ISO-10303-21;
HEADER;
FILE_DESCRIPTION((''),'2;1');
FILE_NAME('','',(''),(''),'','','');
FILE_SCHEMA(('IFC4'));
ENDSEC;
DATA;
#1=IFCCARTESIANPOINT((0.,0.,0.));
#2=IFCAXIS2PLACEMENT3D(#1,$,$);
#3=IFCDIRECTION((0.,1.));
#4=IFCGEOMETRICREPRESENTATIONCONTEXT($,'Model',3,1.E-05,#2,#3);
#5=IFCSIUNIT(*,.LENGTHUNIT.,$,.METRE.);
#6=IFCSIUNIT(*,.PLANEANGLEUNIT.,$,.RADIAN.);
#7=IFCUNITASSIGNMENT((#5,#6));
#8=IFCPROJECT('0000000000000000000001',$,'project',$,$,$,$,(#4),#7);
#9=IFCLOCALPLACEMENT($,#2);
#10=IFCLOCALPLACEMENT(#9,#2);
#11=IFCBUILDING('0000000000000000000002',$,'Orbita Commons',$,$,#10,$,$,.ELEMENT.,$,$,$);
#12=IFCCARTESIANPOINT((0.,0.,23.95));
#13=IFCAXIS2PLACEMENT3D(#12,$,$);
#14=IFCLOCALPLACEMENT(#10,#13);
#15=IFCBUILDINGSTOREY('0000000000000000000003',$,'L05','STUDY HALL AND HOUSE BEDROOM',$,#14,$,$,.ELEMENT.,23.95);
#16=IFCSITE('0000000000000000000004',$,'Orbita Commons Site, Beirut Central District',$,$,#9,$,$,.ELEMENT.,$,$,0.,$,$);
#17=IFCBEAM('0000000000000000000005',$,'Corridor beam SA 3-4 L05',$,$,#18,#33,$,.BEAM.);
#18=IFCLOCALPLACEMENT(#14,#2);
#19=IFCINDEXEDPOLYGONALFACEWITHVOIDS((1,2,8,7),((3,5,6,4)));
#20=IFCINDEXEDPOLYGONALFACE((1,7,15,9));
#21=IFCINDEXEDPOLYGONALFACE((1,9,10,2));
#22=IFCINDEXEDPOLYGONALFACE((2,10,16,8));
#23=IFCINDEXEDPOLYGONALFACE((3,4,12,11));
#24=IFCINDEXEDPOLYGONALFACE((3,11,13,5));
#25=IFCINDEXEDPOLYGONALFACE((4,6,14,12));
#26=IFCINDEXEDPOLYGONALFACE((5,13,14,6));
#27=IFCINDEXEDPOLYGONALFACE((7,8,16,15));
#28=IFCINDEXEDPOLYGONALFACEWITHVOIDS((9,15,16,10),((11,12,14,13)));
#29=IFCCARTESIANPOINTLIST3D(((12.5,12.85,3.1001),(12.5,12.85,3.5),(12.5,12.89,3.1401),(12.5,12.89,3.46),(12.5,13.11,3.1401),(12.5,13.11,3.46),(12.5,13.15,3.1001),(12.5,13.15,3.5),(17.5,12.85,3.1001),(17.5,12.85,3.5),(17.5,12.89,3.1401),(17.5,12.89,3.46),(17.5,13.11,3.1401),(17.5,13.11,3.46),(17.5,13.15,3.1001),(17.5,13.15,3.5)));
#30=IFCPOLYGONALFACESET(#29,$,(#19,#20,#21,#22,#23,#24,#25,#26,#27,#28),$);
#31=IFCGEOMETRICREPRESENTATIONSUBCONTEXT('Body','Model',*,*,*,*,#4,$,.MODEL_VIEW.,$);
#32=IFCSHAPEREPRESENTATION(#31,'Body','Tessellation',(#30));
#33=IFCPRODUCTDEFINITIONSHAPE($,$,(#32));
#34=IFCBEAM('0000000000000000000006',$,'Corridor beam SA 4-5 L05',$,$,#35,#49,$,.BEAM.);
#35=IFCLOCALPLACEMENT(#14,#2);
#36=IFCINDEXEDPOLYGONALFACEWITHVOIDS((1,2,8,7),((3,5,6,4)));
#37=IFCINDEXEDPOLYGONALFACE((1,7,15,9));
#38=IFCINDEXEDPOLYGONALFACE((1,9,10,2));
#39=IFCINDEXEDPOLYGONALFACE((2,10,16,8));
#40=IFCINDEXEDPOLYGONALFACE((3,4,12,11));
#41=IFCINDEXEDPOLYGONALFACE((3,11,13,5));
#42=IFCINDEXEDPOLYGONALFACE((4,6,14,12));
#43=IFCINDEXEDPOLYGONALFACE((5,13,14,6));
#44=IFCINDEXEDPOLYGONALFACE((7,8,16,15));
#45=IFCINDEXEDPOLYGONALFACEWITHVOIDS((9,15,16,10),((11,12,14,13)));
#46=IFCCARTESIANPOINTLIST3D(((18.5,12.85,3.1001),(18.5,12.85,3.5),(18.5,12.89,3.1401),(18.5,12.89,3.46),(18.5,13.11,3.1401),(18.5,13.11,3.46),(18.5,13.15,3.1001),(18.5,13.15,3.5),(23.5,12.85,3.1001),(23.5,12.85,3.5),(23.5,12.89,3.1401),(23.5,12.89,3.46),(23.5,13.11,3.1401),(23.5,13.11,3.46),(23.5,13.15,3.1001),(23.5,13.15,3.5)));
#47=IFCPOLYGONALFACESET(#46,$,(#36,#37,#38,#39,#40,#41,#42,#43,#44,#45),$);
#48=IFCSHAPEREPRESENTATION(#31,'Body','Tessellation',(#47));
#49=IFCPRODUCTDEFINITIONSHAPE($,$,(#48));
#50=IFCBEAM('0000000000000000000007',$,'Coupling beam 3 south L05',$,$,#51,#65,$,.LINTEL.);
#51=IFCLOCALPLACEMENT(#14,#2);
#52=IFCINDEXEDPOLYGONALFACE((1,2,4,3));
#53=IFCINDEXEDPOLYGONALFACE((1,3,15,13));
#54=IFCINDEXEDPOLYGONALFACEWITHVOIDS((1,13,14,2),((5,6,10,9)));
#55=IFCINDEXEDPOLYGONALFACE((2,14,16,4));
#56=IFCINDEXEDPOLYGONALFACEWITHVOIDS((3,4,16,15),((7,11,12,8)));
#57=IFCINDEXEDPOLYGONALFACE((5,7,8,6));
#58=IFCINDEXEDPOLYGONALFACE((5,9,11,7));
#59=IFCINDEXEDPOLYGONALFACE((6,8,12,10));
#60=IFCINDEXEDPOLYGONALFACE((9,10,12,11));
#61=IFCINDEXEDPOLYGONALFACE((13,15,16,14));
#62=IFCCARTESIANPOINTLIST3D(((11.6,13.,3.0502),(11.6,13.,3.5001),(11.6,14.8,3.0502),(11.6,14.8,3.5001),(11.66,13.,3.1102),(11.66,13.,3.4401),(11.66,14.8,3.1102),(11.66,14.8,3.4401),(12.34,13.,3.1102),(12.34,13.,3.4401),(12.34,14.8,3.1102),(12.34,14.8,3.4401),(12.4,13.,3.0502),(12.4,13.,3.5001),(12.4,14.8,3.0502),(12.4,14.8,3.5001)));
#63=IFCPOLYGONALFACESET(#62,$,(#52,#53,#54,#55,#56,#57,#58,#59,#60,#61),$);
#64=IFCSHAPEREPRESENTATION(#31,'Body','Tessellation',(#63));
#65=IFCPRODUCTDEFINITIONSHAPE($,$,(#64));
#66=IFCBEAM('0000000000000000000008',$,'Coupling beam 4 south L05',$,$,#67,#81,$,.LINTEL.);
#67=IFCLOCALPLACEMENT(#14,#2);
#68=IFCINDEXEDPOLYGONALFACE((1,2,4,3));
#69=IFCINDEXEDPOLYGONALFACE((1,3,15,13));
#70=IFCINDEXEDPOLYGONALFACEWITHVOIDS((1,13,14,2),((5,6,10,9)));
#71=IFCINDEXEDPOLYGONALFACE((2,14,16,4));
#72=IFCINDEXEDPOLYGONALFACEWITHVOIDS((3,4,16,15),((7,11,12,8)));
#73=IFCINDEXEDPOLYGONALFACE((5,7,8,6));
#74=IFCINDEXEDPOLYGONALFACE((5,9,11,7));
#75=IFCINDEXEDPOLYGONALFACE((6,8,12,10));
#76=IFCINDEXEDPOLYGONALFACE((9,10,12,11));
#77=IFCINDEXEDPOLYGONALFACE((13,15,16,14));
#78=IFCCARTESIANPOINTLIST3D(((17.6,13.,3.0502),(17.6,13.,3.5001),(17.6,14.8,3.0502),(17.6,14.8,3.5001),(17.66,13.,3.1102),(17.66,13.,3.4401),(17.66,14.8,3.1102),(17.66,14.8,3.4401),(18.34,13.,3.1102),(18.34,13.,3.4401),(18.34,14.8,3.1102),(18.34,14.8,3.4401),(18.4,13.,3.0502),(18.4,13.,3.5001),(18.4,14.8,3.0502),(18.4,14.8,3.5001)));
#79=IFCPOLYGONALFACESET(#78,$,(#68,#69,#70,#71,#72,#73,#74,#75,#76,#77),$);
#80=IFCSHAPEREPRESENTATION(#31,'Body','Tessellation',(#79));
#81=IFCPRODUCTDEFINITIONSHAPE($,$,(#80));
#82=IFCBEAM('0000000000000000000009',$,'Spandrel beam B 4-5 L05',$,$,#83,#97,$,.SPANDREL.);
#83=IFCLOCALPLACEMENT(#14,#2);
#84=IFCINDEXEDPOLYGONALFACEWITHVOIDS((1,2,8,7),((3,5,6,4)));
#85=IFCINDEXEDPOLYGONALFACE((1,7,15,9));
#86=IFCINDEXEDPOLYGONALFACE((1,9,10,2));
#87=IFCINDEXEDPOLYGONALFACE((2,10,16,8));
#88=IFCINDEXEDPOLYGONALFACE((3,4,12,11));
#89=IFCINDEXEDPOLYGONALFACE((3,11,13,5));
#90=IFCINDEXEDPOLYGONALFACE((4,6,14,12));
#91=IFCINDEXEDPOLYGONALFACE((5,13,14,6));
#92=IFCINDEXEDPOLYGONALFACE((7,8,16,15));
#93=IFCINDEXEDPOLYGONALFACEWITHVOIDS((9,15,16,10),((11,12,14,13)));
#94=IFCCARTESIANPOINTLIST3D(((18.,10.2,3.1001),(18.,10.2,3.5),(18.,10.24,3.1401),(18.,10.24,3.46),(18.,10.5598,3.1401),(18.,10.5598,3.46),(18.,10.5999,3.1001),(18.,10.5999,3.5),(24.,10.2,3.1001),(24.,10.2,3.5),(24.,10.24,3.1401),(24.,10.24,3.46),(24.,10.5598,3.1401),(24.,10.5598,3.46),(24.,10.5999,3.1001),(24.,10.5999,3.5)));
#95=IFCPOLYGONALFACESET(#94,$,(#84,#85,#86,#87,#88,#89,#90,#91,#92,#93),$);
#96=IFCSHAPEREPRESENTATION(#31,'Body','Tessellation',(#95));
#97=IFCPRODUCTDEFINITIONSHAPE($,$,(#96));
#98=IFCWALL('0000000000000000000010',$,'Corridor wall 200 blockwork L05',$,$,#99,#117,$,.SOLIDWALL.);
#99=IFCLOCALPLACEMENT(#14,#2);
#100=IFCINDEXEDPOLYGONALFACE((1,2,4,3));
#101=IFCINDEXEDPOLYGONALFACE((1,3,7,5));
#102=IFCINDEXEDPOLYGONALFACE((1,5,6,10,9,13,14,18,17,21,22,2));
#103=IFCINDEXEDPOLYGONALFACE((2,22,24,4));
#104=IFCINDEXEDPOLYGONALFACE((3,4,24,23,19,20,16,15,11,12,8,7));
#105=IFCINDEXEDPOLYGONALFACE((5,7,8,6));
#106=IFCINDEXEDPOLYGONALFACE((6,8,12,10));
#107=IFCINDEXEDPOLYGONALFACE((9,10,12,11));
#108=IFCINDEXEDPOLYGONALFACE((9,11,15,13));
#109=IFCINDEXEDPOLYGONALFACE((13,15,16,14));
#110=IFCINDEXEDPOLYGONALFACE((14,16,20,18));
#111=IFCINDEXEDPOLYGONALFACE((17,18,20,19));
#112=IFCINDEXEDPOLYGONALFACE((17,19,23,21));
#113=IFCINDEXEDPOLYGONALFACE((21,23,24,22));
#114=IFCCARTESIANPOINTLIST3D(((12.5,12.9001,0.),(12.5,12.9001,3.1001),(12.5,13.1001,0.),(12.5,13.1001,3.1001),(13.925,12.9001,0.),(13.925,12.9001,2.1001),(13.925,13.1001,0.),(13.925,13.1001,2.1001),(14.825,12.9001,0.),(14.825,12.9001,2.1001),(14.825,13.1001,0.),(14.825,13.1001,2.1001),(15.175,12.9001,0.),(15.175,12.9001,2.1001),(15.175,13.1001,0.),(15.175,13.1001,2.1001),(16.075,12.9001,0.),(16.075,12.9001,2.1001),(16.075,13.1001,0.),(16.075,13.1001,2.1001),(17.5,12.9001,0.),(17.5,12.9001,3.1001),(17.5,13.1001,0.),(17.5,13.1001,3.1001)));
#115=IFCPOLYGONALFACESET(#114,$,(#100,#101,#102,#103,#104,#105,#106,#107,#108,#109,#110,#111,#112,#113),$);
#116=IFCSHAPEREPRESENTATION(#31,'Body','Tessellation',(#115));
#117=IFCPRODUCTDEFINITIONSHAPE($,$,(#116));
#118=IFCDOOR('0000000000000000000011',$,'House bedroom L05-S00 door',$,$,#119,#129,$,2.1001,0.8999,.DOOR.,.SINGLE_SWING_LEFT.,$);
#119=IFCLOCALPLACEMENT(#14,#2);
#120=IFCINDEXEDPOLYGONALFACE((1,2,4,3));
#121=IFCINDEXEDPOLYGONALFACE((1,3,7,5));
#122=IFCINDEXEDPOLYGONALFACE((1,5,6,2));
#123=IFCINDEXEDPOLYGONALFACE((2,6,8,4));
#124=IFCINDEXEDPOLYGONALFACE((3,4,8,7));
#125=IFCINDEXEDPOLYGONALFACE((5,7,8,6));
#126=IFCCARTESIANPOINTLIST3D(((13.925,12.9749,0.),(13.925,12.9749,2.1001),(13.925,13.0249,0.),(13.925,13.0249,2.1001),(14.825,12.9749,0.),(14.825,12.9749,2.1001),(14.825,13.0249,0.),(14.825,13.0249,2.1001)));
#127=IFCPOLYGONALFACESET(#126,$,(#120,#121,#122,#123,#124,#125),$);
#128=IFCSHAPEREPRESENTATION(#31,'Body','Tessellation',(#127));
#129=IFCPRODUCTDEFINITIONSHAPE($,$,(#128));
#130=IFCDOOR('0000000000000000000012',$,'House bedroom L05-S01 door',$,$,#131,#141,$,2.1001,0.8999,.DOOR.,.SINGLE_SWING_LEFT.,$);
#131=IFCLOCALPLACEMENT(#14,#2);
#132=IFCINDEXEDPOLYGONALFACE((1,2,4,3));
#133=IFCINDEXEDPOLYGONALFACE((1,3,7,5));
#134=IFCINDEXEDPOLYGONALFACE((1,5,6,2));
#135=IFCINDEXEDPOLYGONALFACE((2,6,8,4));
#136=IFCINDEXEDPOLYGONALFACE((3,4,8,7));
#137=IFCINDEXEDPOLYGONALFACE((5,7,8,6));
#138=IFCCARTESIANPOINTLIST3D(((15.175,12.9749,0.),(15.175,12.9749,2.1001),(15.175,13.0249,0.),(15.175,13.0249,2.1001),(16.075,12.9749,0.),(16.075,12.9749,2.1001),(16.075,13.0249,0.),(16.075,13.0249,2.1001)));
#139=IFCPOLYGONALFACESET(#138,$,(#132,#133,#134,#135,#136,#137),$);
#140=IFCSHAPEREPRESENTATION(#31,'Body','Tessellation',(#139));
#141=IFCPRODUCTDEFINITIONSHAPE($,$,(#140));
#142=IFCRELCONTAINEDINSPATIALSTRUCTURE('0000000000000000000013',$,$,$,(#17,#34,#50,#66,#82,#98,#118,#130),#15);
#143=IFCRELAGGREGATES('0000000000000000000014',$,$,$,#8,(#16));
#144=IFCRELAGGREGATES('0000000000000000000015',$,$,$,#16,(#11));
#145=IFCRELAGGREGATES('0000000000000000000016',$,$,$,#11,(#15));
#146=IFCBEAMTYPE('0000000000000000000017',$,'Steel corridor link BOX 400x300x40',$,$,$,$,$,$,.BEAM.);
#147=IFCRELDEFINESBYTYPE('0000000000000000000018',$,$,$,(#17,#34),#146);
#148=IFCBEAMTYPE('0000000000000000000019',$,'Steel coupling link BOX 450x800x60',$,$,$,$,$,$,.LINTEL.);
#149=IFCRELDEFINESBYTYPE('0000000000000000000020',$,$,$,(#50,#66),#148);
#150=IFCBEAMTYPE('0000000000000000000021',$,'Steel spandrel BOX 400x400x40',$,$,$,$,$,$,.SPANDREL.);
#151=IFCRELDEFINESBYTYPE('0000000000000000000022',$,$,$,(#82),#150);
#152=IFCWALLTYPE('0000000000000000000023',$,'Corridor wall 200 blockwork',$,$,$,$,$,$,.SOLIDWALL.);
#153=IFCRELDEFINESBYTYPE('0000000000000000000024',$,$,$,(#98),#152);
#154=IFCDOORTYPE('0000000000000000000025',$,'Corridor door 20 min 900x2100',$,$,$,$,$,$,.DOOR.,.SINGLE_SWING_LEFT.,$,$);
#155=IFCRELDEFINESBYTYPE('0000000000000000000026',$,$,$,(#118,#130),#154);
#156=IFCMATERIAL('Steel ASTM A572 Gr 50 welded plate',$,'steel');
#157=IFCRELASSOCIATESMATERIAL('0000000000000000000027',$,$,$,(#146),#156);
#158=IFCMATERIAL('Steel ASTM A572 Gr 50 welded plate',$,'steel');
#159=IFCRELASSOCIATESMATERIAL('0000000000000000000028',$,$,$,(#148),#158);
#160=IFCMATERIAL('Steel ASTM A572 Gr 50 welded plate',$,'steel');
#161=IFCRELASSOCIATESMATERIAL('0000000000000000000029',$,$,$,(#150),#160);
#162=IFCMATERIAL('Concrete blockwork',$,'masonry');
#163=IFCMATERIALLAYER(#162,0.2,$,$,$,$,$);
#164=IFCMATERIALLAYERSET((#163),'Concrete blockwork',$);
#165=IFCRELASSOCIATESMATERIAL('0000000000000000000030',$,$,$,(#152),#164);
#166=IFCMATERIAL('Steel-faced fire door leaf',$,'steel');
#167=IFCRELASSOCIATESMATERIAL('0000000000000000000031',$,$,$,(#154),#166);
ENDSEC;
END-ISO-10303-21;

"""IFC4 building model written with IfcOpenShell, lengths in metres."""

from ifc_helpers import new_model, si_unit, direction, frame, frame_2d, origin, origin_2d, place, context, subcontext, project, spatial, polyline, rectangle, hollow_rectangle, outline, extrude, material, layer, layer_set, material_profile, profile_set, type_object, element, fill, save


model = new_model("IFC4")

# Units and contexts
model_context = context("Model", 3, precision=1e-05, world=origin(), true_north=direction((0.0, 1.0)))
body_context = subcontext(model_context, "Body", "Model", "MODEL_VIEW")
ifc_project = project(units=[si_unit("LENGTHUNIT", "METRE"), si_unit("PLANEANGLEUNIT", "RADIAN")], contexts=[model_context])

# Site, building, storey
site_placement = place(None, origin())
site = spatial("IfcSite", under=ifc_project, at=site_placement, Name="Orbita Commons Site, Beirut Central District", CompositionType="ELEMENT", RefElevation=0.0)
building_placement = place(site_placement, origin())
building = spatial("IfcBuilding", under=site, at=building_placement, Name="Orbita Commons", CompositionType="ELEMENT")
storey_placement = place(building_placement, frame((0.0, 0.0, 23.95)))
storey = spatial("IfcBuildingStorey", under=building, at=storey_placement, Name="L05", Description="STUDY HALL AND HOUSE BEDROOM", CompositionType="ELEMENT", Elevation=23.95)

# Beams
ifc_material_1 = material(Name="Steel ASTM A572 Gr 50 welded plate", Category="steel")
ifc_material_profile_1 = material_profile(ifc_material_1, hollow_rectangle(XDim=0.3, YDim=0.3999, WallThickness=0.04, at=origin_2d()), Name="BOX 400x300x40")
ifc_profile_set_1 = profile_set([ifc_material_profile_1], Name="Steel ASTM A572 Gr 50 welded plate")
beam_type_1 = type_object("IfcBeamType", Name="Steel corridor link BOX 400x300x40", PredefinedType="BEAM", material=ifc_profile_set_1)
for number, where, z_axis, x_axis, name in (
    (1, (12.5, 13.0, 3.3), (1.0, 0.0, 0.0), (0.0, 1.0, 0.0), "Corridor beam SA 3-4 L05"),
    (2, (18.5, 13.0, 3.3), (1.0, 0.0, 0.0), (0.0, 1.0, 0.0), "Corridor beam SA 4-5 L05"),
):
    element("IfcBeam", number, at=place(storey_placement, frame(where, z_axis=z_axis, x_axis=x_axis)), inside=storey, type_object=beam_type_1, Name=name, PredefinedType="BEAM", context=body_context, shape_type="SweptSolid", body=[
        extrude(hollow_rectangle(XDim=0.3, YDim=0.3999, WallThickness=0.04, at=origin_2d()), origin(), (0.0, 0.0, 1.0), 5.0),
    ])
ifc_material_2 = material(Name="Steel ASTM A572 Gr 50 welded plate", Category="steel")
ifc_material_profile_2 = material_profile(ifc_material_2, hollow_rectangle(XDim=0.8, YDim=0.45, WallThickness=0.0601, at=origin_2d()), Name="BOX 450x800x60")
ifc_profile_set_2 = profile_set([ifc_material_profile_2], Name="Steel ASTM A572 Gr 50 welded plate")
beam_type_2 = type_object("IfcBeamType", Name="Steel coupling link BOX 450x800x60", PredefinedType="LINTEL", material=ifc_profile_set_2)
for number, where, z_axis, x_axis, name in (
    (3, (12.0, 13.0, 3.2751), (0.0, 1.0, 0.0), (-1.0, 0.0, 0.0), "Coupling beam 3 south L05"),
    (4, (18.0, 13.0, 3.2751), (0.0, 1.0, 0.0), (-1.0, 0.0, 0.0), "Coupling beam 4 south L05"),
):
    element("IfcBeam", number, at=place(storey_placement, frame(where, z_axis=z_axis, x_axis=x_axis)), inside=storey, type_object=beam_type_2, Name=name, PredefinedType="LINTEL", context=body_context, shape_type="SweptSolid", body=[
        extrude(hollow_rectangle(XDim=0.8, YDim=0.45, WallThickness=0.0601, at=origin_2d()), origin(), (0.0, 0.0, 1.0), 1.8),
    ])
ifc_material_3 = material(Name="Steel ASTM A572 Gr 50 welded plate", Category="steel")
ifc_material_profile_3 = material_profile(ifc_material_3, hollow_rectangle(XDim=0.3999, YDim=0.3999, WallThickness=0.04, at=origin_2d()), Name="BOX 400x400x40")
ifc_profile_set_3 = profile_set([ifc_material_profile_3], Name="Steel ASTM A572 Gr 50 welded plate")
beam_type_3 = type_object("IfcBeamType", Name="Steel spandrel BOX 400x400x40", PredefinedType="SPANDREL", material=ifc_profile_set_3)
beam_placement = place(storey_placement, frame((18.0, 10.3999, 3.3), z_axis=(1.0, 0.0, 0.0), x_axis=(0.0, 1.0, 0.0)))
element("IfcBeam", 5, at=beam_placement, inside=storey, type_object=beam_type_3, Name="Spandrel beam B 4-5 L05", PredefinedType="SPANDREL", context=body_context, shape_type="SweptSolid", body=[
    extrude(hollow_rectangle(XDim=0.3999, YDim=0.3999, WallThickness=0.04, at=origin_2d()), origin(), (0.0, 0.0, 1.0), 6.0),
])

# Wall, openings, doors
ifc_material_4 = material(Name="Concrete blockwork", Category="masonry")
ifc_layer_1 = layer(ifc_material_4, 0.2)
ifc_layer_set_1 = layer_set([ifc_layer_1], Name="Concrete blockwork")
wall_type_1 = type_object("IfcWallType", Name="Corridor wall 200 blockwork", PredefinedType="SOLIDWALL", material=ifc_layer_set_1)
wall_1_placement = place(storey_placement, frame((12.5, 13.0, 0.0), z_axis=(0.0, 0.0, 1.0), x_axis=(1.0, 0.0, 0.0)))
wall_1 = element("IfcWall", 6, at=wall_1_placement, inside=storey, type_object=wall_type_1, Name="Corridor wall 200 blockwork L05", PredefinedType="SOLIDWALL", context=body_context, shape_type="SweptSolid", body=[
    extrude(outline(polyline([(0.0, 0.0), (5.0, 0.0), (5.0, 3.1001), (0.0, 3.1001), (0.0, 0.0)])), frame((0.0, 0.1001, 0.0), z_axis=(0.0, -1.0, 0.0), x_axis=(1.0, 0.0, 0.0)), (0.0, 0.0, 1.0), 0.2),
])
opening_1_placement = place(wall_1_placement, frame((1.425, 0.0, 0.0)))
opening_1 = element("IfcOpeningElement", 7, at=opening_1_placement, cuts=wall_1, PredefinedType="OPENING", context=body_context, shape_type="SweptSolid", body=[
    extrude(rectangle(XDim=0.8999, YDim=2.1001, at=frame_2d((0.45, 1.05))), frame((0.0, 0.1099, 0.0), z_axis=(0.0, -1.0, 0.0), x_axis=(1.0, 0.0, 0.0)), (0.0, 0.0, 1.0), 0.22),
])
opening_2_placement = place(wall_1_placement, frame((2.675, 0.0, 0.0)))
opening_2 = element("IfcOpeningElement", 8, at=opening_2_placement, cuts=wall_1, PredefinedType="OPENING", context=body_context, shape_type="SweptSolid", body=[
    extrude(rectangle(XDim=0.8999, YDim=2.1001, at=frame_2d((0.45, 1.05))), frame((0.0, 0.1099, 0.0), z_axis=(0.0, -1.0, 0.0), x_axis=(1.0, 0.0, 0.0)), (0.0, 0.0, 1.0), 0.22),
])
ifc_material_5 = material(Name="Steel-faced fire door leaf", Category="steel")
door_type_1 = type_object("IfcDoorType", Name="Corridor door 20 min 900x2100", OperationType="SINGLE_SWING_LEFT", PredefinedType="DOOR", material=ifc_material_5)
door_1_placement = place(opening_1_placement, origin())
door_1 = element("IfcDoor", 9, at=door_1_placement, inside=storey, type_object=door_type_1, Name="House bedroom L05-S00 door", OperationType="SINGLE_SWING_LEFT", OverallHeight=2.1001, OverallWidth=0.8999, PredefinedType="DOOR", context=body_context, shape_type="SweptSolid", body=[
    extrude(rectangle(XDim=0.8999, YDim=2.1001, at=frame_2d((0.45, 1.05))), frame((0.0, 0.0249, 0.0), z_axis=(0.0, -1.0, 0.0), x_axis=(1.0, 0.0, 0.0)), (0.0, 0.0, 1.0), 0.05),
])
fill(opening_1, door_1)
door_2_placement = place(opening_2_placement, origin())
door_2 = element("IfcDoor", 10, at=door_2_placement, inside=storey, type_object=door_type_1, Name="House bedroom L05-S01 door", OperationType="SINGLE_SWING_LEFT", OverallHeight=2.1001, OverallWidth=0.8999, PredefinedType="DOOR", context=body_context, shape_type="SweptSolid", body=[
    extrude(rectangle(XDim=0.8999, YDim=2.1001, at=frame_2d((0.45, 1.05))), frame((0.0, 0.0249, 0.0), z_axis=(0.0, -1.0, 0.0), x_axis=(1.0, 0.0, 0.0)), (0.0, 0.0, 1.0), 0.05),
])
fill(opening_2, door_2)

save(model, "model.ifc")
